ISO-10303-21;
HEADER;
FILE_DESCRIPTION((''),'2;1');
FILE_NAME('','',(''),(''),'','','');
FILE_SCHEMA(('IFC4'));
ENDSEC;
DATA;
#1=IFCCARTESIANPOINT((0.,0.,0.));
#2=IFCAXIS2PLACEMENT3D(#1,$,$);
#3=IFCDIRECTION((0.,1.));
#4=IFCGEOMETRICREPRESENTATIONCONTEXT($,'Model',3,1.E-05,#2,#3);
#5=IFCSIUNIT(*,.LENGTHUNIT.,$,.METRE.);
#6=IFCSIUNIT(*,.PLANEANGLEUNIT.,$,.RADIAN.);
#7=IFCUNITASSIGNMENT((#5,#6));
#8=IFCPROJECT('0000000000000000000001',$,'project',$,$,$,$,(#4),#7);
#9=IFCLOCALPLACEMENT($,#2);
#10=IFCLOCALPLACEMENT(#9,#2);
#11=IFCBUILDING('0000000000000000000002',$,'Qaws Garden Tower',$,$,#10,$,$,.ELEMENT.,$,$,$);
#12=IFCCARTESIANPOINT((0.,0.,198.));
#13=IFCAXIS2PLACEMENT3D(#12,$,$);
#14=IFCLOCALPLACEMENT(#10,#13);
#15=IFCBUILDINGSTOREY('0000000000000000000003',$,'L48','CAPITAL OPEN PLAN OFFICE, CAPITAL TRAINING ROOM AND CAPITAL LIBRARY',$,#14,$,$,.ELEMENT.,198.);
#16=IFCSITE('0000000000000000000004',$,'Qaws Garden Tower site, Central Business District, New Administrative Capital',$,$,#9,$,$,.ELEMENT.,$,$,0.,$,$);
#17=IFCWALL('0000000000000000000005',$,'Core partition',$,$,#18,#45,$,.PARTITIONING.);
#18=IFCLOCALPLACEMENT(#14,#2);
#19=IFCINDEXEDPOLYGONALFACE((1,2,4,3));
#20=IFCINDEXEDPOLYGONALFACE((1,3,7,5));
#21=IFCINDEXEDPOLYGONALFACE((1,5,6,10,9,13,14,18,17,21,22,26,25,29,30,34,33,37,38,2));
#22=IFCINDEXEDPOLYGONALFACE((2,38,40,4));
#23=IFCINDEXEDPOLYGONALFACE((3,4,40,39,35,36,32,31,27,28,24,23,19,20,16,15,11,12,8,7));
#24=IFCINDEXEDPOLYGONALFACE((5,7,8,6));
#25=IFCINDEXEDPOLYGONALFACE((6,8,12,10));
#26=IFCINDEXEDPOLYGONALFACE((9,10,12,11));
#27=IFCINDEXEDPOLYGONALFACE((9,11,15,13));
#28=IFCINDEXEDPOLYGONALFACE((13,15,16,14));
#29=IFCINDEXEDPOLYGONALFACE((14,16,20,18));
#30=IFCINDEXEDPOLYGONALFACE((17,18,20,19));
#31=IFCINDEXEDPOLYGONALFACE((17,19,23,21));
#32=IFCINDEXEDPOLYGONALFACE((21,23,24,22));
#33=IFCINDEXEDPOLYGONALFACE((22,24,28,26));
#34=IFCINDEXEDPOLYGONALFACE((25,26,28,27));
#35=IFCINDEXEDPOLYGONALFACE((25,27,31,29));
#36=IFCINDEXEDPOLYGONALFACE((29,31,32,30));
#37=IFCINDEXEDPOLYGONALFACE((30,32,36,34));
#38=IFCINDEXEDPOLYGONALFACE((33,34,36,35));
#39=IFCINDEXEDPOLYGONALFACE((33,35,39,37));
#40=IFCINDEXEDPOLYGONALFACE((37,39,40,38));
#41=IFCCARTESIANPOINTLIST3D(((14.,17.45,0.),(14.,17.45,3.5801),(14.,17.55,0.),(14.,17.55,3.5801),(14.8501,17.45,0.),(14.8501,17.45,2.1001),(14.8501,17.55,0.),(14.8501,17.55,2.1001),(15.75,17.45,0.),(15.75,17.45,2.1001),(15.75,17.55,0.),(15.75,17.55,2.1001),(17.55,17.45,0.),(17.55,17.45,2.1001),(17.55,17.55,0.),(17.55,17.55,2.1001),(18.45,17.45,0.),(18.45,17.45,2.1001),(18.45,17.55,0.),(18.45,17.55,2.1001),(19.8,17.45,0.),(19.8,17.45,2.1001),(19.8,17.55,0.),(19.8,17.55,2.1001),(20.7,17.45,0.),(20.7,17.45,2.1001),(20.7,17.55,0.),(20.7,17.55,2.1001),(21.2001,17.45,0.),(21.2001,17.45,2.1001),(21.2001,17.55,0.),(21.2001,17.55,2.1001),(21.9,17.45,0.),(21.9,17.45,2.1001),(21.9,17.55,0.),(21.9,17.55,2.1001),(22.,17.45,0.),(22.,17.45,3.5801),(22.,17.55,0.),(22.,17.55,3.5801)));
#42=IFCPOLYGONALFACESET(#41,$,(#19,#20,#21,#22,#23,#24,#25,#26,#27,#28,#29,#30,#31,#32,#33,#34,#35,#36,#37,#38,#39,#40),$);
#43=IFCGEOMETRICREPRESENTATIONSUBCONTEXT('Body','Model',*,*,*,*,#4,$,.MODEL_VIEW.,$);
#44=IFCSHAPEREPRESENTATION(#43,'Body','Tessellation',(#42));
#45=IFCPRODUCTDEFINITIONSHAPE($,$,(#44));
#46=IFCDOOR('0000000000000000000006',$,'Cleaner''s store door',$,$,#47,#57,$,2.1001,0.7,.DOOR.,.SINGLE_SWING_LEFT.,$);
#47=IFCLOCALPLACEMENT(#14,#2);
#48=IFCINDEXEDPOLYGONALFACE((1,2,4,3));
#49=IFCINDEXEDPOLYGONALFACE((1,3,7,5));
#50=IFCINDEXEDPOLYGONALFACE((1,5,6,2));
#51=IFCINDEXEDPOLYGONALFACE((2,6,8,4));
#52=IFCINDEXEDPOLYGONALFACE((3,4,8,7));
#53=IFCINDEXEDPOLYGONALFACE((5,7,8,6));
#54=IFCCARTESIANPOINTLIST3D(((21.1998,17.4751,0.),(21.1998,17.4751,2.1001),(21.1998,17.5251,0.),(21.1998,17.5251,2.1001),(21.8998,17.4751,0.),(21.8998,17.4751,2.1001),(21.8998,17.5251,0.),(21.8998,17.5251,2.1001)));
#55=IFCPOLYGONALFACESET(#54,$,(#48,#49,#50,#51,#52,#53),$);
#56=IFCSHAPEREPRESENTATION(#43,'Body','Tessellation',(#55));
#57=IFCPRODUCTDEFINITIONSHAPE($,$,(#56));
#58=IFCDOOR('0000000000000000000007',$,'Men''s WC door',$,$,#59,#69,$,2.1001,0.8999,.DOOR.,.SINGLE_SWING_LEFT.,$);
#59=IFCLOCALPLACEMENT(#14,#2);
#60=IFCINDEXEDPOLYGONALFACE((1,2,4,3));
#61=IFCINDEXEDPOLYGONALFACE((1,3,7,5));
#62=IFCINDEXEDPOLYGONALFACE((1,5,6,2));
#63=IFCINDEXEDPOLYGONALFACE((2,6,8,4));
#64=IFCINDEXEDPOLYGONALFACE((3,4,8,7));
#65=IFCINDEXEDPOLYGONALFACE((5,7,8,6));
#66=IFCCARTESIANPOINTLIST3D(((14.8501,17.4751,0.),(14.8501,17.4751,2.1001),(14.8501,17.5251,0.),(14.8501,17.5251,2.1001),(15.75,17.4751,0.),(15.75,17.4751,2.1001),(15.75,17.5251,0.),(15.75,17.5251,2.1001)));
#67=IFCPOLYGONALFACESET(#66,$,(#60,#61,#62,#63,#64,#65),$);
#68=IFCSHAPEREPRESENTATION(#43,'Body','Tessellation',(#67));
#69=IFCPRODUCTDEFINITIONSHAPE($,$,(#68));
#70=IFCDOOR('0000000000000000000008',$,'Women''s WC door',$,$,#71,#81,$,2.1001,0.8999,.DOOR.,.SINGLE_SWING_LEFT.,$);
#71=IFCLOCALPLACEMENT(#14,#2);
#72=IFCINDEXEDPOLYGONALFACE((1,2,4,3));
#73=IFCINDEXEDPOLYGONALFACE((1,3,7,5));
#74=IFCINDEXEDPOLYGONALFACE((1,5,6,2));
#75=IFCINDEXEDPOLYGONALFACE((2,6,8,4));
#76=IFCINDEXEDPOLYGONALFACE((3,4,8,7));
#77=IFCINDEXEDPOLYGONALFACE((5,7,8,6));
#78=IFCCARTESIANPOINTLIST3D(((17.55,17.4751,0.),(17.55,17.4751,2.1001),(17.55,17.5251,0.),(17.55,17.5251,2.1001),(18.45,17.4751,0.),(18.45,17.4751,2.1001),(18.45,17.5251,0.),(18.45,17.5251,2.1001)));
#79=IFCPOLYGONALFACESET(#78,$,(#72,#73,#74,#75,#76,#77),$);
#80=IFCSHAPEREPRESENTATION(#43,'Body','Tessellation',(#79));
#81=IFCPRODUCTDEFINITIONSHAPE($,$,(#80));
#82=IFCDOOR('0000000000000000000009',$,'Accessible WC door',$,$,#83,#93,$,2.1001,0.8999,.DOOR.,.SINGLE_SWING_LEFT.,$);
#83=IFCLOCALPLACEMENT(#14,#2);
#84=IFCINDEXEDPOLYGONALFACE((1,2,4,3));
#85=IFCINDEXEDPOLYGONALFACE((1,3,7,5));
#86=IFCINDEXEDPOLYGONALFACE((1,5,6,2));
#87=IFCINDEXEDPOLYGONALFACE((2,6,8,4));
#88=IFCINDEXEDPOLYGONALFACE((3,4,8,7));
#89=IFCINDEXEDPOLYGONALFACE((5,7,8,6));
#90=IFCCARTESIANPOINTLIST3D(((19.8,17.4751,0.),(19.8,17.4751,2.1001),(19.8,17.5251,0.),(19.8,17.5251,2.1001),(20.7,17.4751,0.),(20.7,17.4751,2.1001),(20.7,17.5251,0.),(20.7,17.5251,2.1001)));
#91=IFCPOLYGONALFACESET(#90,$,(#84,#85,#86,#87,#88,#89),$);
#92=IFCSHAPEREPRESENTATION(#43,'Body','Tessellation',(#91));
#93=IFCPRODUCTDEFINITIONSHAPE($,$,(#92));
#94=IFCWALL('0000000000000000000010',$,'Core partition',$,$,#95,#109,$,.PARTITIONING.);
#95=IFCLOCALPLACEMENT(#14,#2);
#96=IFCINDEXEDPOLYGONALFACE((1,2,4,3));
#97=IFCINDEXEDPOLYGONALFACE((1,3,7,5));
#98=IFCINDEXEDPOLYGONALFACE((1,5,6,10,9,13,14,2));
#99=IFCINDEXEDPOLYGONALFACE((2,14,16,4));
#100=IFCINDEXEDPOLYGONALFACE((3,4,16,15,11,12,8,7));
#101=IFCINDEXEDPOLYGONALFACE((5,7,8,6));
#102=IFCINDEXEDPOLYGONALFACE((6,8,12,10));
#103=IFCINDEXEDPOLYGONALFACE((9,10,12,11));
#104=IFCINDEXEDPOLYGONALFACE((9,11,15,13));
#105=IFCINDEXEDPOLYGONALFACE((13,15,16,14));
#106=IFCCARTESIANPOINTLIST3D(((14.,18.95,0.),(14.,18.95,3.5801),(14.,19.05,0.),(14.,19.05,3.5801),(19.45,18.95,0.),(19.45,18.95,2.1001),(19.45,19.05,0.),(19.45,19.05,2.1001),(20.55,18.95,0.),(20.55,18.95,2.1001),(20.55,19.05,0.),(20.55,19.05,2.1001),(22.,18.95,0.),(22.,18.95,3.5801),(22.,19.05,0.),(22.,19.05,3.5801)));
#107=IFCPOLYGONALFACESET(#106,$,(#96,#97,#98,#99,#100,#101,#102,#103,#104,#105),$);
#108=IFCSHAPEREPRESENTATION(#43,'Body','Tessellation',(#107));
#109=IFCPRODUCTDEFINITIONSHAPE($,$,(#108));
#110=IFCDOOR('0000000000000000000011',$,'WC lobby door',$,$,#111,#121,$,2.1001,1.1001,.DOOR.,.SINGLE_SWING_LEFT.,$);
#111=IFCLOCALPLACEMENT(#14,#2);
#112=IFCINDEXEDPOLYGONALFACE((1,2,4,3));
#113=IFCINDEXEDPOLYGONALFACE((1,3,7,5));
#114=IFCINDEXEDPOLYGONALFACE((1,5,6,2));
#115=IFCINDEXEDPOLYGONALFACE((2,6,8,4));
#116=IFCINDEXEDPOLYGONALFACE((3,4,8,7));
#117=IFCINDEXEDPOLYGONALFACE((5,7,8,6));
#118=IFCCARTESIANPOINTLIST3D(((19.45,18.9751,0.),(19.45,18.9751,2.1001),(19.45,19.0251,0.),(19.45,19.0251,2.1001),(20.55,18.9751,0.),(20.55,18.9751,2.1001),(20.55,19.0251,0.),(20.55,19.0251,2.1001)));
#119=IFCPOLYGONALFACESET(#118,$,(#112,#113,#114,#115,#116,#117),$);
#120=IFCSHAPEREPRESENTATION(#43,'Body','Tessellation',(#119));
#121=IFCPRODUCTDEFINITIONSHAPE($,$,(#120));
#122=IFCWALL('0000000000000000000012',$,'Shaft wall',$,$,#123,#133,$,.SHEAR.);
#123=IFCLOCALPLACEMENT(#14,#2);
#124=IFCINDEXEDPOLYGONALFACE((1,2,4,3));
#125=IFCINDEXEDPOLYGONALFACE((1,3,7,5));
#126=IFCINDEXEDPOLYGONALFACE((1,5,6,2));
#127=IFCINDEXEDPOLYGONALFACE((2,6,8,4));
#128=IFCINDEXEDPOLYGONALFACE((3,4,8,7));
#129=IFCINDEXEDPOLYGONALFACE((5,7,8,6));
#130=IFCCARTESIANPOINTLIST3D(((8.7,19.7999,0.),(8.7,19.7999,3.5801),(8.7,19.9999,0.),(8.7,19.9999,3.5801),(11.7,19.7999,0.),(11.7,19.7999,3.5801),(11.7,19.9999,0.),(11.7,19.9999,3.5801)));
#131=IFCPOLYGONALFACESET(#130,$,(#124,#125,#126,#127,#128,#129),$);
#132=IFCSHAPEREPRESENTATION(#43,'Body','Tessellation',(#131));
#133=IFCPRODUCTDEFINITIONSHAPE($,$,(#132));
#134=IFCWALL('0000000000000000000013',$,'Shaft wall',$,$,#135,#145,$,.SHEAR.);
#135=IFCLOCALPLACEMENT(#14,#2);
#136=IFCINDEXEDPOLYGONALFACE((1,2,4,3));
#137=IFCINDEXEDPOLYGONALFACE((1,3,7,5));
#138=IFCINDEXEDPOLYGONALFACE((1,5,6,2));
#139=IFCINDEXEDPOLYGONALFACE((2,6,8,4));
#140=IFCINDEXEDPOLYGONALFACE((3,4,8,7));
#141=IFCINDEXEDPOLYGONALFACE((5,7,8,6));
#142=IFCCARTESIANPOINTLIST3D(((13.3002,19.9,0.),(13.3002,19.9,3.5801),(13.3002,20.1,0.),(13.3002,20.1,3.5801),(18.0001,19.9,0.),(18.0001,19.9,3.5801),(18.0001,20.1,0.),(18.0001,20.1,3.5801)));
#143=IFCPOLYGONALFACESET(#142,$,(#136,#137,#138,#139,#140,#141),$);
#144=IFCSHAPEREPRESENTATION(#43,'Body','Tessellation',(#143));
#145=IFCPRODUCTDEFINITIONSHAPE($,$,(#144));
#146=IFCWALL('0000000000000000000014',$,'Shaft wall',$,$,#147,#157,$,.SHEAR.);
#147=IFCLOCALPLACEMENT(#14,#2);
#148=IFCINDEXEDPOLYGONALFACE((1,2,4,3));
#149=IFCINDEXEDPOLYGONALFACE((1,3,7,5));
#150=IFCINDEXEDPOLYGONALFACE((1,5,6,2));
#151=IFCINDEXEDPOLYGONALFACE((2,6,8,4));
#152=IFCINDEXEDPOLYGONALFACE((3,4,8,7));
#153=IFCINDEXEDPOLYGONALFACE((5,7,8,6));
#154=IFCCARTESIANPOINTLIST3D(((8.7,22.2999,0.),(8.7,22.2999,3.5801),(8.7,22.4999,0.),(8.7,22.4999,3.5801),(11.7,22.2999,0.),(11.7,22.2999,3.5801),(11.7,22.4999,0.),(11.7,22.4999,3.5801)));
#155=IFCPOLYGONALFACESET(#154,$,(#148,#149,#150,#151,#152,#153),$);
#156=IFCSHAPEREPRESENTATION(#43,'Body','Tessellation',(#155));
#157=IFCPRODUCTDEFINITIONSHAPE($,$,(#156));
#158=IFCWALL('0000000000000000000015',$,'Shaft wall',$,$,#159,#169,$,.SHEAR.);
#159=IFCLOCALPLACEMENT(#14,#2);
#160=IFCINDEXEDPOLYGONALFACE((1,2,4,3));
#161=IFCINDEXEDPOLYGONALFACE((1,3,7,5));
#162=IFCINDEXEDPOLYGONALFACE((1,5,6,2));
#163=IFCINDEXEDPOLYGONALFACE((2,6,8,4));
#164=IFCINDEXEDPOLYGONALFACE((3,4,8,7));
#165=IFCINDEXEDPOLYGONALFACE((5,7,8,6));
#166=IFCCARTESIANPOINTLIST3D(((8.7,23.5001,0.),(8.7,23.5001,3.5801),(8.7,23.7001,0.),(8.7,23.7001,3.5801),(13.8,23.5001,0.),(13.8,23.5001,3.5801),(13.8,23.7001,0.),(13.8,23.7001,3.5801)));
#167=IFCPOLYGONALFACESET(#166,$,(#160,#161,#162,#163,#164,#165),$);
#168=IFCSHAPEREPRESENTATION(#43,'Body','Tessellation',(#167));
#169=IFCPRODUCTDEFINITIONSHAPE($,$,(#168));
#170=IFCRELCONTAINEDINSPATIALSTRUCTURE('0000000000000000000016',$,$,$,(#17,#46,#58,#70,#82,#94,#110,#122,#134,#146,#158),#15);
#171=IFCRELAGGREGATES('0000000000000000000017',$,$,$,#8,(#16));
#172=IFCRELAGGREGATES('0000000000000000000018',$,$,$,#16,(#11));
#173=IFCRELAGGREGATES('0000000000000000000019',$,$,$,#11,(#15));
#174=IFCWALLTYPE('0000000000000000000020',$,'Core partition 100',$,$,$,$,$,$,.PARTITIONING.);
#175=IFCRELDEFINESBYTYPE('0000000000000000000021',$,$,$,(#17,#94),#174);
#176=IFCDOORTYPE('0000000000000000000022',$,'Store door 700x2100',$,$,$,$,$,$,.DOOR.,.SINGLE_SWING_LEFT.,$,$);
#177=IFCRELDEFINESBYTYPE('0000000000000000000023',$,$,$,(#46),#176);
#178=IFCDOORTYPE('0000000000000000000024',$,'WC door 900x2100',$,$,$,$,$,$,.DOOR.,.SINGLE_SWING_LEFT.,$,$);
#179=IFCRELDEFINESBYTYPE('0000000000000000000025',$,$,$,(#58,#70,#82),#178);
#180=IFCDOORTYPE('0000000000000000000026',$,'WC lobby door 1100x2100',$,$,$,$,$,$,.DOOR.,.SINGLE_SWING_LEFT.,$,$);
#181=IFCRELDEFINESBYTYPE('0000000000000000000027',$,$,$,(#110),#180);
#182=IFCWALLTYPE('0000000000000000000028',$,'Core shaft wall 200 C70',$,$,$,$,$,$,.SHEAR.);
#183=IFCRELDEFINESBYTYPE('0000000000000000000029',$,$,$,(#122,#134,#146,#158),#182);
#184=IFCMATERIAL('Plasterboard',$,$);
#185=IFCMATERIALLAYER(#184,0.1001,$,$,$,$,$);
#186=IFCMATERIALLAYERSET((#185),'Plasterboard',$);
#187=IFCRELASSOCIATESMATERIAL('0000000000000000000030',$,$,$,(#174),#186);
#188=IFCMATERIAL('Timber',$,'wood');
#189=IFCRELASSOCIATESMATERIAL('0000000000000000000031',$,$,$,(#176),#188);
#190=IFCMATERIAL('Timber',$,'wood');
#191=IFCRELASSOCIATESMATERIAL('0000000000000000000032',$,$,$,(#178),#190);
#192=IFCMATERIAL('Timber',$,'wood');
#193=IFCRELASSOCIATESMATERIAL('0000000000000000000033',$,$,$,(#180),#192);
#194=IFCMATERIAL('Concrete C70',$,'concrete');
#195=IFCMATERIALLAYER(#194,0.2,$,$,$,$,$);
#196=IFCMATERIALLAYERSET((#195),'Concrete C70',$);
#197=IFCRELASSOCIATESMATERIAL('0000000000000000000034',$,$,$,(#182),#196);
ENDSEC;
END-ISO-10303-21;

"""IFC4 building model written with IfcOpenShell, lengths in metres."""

from ifc_helpers import new_model, si_unit, direction, frame, frame_2d, origin, place, context, subcontext, project, spatial, rectangle, extrude, material, layer, layer_set, type_object, element, fill, save


model = new_model("IFC4")

# Units and contexts
model_context = context("Model", 3, precision=1e-05, world=origin(), true_north=direction((0.0, 1.0)))
body_context = subcontext(model_context, "Body", "Model", "MODEL_VIEW")
ifc_project = project(units=[si_unit("LENGTHUNIT", "METRE"), si_unit("PLANEANGLEUNIT", "RADIAN")], contexts=[model_context])

# Site, building, storey
site_placement = place(None, origin())
site = spatial("IfcSite", under=ifc_project, at=site_placement, Name="Qaws Garden Tower site, Central Business District, New Administrative Capital", CompositionType="ELEMENT", RefElevation=0.0)
building_placement = place(site_placement, origin())
building = spatial("IfcBuilding", under=site, at=building_placement, Name="Qaws Garden Tower", CompositionType="ELEMENT")
storey_placement = place(building_placement, frame((0.0, 0.0, 198.0)))
storey = spatial("IfcBuildingStorey", under=building, at=storey_placement, Name="L48", Description="CAPITAL OPEN PLAN OFFICE, CAPITAL TRAINING ROOM AND CAPITAL LIBRARY", CompositionType="ELEMENT", Elevation=198.0)

# Wall, openings, doors
ifc_material_1 = material(Name="Plasterboard")
ifc_layer_1 = layer(ifc_material_1, 0.1001)
ifc_layer_set_1 = layer_set([ifc_layer_1], Name="Plasterboard")
wall_type_1 = type_object("IfcWallType", Name="Core partition 100", PredefinedType="PARTITIONING", material=ifc_layer_set_1)
wall_1_placement = place(storey_placement, frame((14.0, 17.5, 0.0), z_axis=(0.0, 0.0, 1.0), x_axis=(1.0, 0.0, 0.0)))
wall_1 = element("IfcWall", 1, at=wall_1_placement, inside=storey, type_object=wall_type_1, Name="Core partition", PredefinedType="PARTITIONING", context=body_context, shape_type="SweptSolid", body=[
    extrude(rectangle(XDim=8.0, YDim=0.1001, at=frame_2d((4.0, 0.0))), origin(), (0.0, 0.0, 1.0), 3.5801),
])
opening_1_placement = place(wall_1_placement, frame((0.8501, 0.0, 0.0)))
opening_1 = element("IfcOpeningElement", 2, at=opening_1_placement, cuts=wall_1, PredefinedType="OPENING", context=body_context, shape_type="SweptSolid", body=[
    extrude(rectangle(XDim=0.8999, YDim=2.1001, at=frame_2d((0.45, 1.05))), frame((0.0, 0.0601, 0.0), z_axis=(0.0, -1.0, 0.0), x_axis=(1.0, 0.0, 0.0)), (0.0, 0.0, 1.0), 0.1201),
])
opening_2_placement = place(wall_1_placement, frame((3.55, 0.0, 0.0)))
opening_2 = element("IfcOpeningElement", 3, at=opening_2_placement, cuts=wall_1, PredefinedType="OPENING", context=body_context, shape_type="SweptSolid", body=[
    extrude(rectangle(XDim=0.8999, YDim=2.1001, at=frame_2d((0.45, 1.05))), frame((0.0, 0.0601, 0.0), z_axis=(0.0, -1.0, 0.0), x_axis=(1.0, 0.0, 0.0)), (0.0, 0.0, 1.0), 0.1201),
])
opening_3_placement = place(wall_1_placement, frame((5.8, 0.0, 0.0)))
opening_3 = element("IfcOpeningElement", 4, at=opening_3_placement, cuts=wall_1, PredefinedType="OPENING", context=body_context, shape_type="SweptSolid", body=[
    extrude(rectangle(XDim=0.8999, YDim=2.1001, at=frame_2d((0.45, 1.05))), frame((0.0, 0.0601, 0.0), z_axis=(0.0, -1.0, 0.0), x_axis=(1.0, 0.0, 0.0)), (0.0, 0.0, 1.0), 0.1201),
])
opening_4_placement = place(wall_1_placement, frame((7.2, 0.0, 0.0)))
opening_4 = element("IfcOpeningElement", 5, at=opening_4_placement, cuts=wall_1, PredefinedType="OPENING", context=body_context, shape_type="SweptSolid", body=[
    extrude(rectangle(XDim=0.7, YDim=2.1001, at=frame_2d((0.3501, 1.05))), frame((0.0, 0.0601, 0.0), z_axis=(0.0, -1.0, 0.0), x_axis=(1.0, 0.0, 0.0)), (0.0, 0.0, 1.0), 0.1201),
])
ifc_material_2 = material(Name="Timber", Category="wood")
door_type_1 = type_object("IfcDoorType", Name="Store door 700x2100", OperationType="SINGLE_SWING_LEFT", PredefinedType="DOOR", material=ifc_material_2)
door_1_placement = place(opening_4_placement, frame((0.7, 0.0, 0.0), z_axis=(0.0, 0.0, 1.0), x_axis=(-1.0, 0.0, 0.0)))
door_1 = element("IfcDoor", 6, at=door_1_placement, inside=storey, type_object=door_type_1, Name="Cleaner's store door", OperationType="SINGLE_SWING_LEFT", OverallHeight=2.1001, OverallWidth=0.7, PredefinedType="DOOR", context=body_context, shape_type="SweptSolid", body=[
    extrude(rectangle(XDim=0.7, YDim=2.1001, at=frame_2d((0.3501, 1.05))), frame((0.0, 0.0249, 0.0), z_axis=(0.0, -1.0, 0.0), x_axis=(1.0, 0.0, 0.0)), (0.0, 0.0, 1.0), 0.05),
])
fill(opening_4, door_1)
ifc_material_3 = material(Name="Timber", Category="wood")
door_type_2 = type_object("IfcDoorType", Name="WC door 900x2100", OperationType="SINGLE_SWING_LEFT", PredefinedType="DOOR", material=ifc_material_3)
door_2_placement = place(opening_1_placement, frame((0.8999, 0.0, 0.0), z_axis=(0.0, 0.0, 1.0), x_axis=(-1.0, 0.0, 0.0)))
door_2 = element("IfcDoor", 7, at=door_2_placement, inside=storey, type_object=door_type_2, Name="Men's WC door", OperationType="SINGLE_SWING_LEFT", OverallHeight=2.1001, OverallWidth=0.8999, PredefinedType="DOOR", context=body_context, shape_type="SweptSolid", body=[
    extrude(rectangle(XDim=0.8999, YDim=2.1001, at=frame_2d((0.45, 1.05))), frame((0.0, 0.0249, 0.0), z_axis=(0.0, -1.0, 0.0), x_axis=(1.0, 0.0, 0.0)), (0.0, 0.0, 1.0), 0.05),
])
fill(opening_1, door_2)
door_3_placement = place(opening_2_placement, frame((0.8999, 0.0, 0.0), z_axis=(0.0, 0.0, 1.0), x_axis=(-1.0, 0.0, 0.0)))
door_3 = element("IfcDoor", 8, at=door_3_placement, inside=storey, type_object=door_type_2, Name="Women's WC door", OperationType="SINGLE_SWING_LEFT", OverallHeight=2.1001, OverallWidth=0.8999, PredefinedType="DOOR", context=body_context, shape_type="SweptSolid", body=[
    extrude(rectangle(XDim=0.8999, YDim=2.1001, at=frame_2d((0.45, 1.05))), frame((0.0, 0.0249, 0.0), z_axis=(0.0, -1.0, 0.0), x_axis=(1.0, 0.0, 0.0)), (0.0, 0.0, 1.0), 0.05),
])
fill(opening_2, door_3)
door_4_placement = place(opening_3_placement, frame((0.8999, 0.0, 0.0), z_axis=(0.0, 0.0, 1.0), x_axis=(-1.0, 0.0, 0.0)))
door_4 = element("IfcDoor", 9, at=door_4_placement, inside=storey, type_object=door_type_2, Name="Accessible WC door", OperationType="SINGLE_SWING_LEFT", OverallHeight=2.1001, OverallWidth=0.8999, PredefinedType="DOOR", context=body_context, shape_type="SweptSolid", body=[
    extrude(rectangle(XDim=0.8999, YDim=2.1001, at=frame_2d((0.45, 1.05))), frame((0.0, 0.0249, 0.0), z_axis=(0.0, -1.0, 0.0), x_axis=(1.0, 0.0, 0.0)), (0.0, 0.0, 1.0), 0.05),
])
fill(opening_3, door_4)

# Wall, opening, door
wall_2_placement = place(storey_placement, frame((14.0, 19.0, 0.0), z_axis=(0.0, 0.0, 1.0), x_axis=(1.0, 0.0, 0.0)))
wall_2 = element("IfcWall", 10, at=wall_2_placement, inside=storey, type_object=wall_type_1, Name="Core partition", PredefinedType="PARTITIONING", context=body_context, shape_type="SweptSolid", body=[
    extrude(rectangle(XDim=8.0, YDim=0.1001, at=frame_2d((4.0, 0.0))), origin(), (0.0, 0.0, 1.0), 3.5801),
])
opening_5_placement = place(wall_2_placement, frame((5.45, 0.0, 0.0)))
opening_5 = element("IfcOpeningElement", 11, at=opening_5_placement, cuts=wall_2, PredefinedType="OPENING", context=body_context, shape_type="SweptSolid", body=[
    extrude(rectangle(XDim=1.1001, YDim=2.1001, at=frame_2d((0.55, 1.05))), frame((0.0, 0.0601, 0.0), z_axis=(0.0, -1.0, 0.0), x_axis=(1.0, 0.0, 0.0)), (0.0, 0.0, 1.0), 0.1201),
])
ifc_material_4 = material(Name="Timber", Category="wood")
door_type_3 = type_object("IfcDoorType", Name="WC lobby door 1100x2100", OperationType="SINGLE_SWING_LEFT", PredefinedType="DOOR", material=ifc_material_4)
door_5_placement = place(opening_5_placement, frame((1.1001, 0.0, 0.0), z_axis=(0.0, 0.0, 1.0), x_axis=(-1.0, 0.0, 0.0)))
door_5 = element("IfcDoor", 12, at=door_5_placement, inside=storey, type_object=door_type_3, Name="WC lobby door", OperationType="SINGLE_SWING_LEFT", OverallHeight=2.1001, OverallWidth=1.1001, PredefinedType="DOOR", context=body_context, shape_type="SweptSolid", body=[
    extrude(rectangle(XDim=1.1001, YDim=2.1001, at=frame_2d((0.55, 1.05))), frame((0.0, 0.0249, 0.0), z_axis=(0.0, -1.0, 0.0), x_axis=(1.0, 0.0, 0.0)), (0.0, 0.0, 1.0), 0.05),
])
fill(opening_5, door_5)

# Walls
ifc_material_5 = material(Name="Concrete C70", Category="concrete")
ifc_layer_2 = layer(ifc_material_5, 0.2)
ifc_layer_set_2 = layer_set([ifc_layer_2], Name="Concrete C70")
wall_type_2 = type_object("IfcWallType", Name="Core shaft wall 200 C70", PredefinedType="SHEAR", material=ifc_layer_set_2)
wall_3_placement = place(storey_placement, frame((8.7, 19.8999, 0.0), z_axis=(0.0, 0.0, 1.0), x_axis=(1.0, 0.0, 0.0)))
element("IfcWall", 13, at=wall_3_placement, inside=storey, type_object=wall_type_2, Name="Shaft wall", PredefinedType="SHEAR", context=body_context, shape_type="SweptSolid", body=[
    extrude(rectangle(XDim=3.0, YDim=0.2, at=frame_2d((1.5, 0.0))), origin(), (0.0, 0.0, 1.0), 3.5801),
])
wall_4_placement = place(storey_placement, frame((13.3, 20.0, 0.0), z_axis=(0.0, 0.0, 1.0), x_axis=(1.0, 0.0, 0.0)))
element("IfcWall", 14, at=wall_4_placement, inside=storey, type_object=wall_type_2, Name="Shaft wall", PredefinedType="SHEAR", context=body_context, shape_type="SweptSolid", body=[
    extrude(rectangle(XDim=4.7, YDim=0.2, at=frame_2d((2.3501, 0.0))), origin(), (0.0, 0.0, 1.0), 3.5801),
])
wall_5_placement = place(storey_placement, frame((8.7, 22.3999, 0.0), z_axis=(0.0, 0.0, 1.0), x_axis=(1.0, 0.0, 0.0)))
element("IfcWall", 15, at=wall_5_placement, inside=storey, type_object=wall_type_2, Name="Shaft wall", PredefinedType="SHEAR", context=body_context, shape_type="SweptSolid", body=[
    extrude(rectangle(XDim=3.0, YDim=0.2, at=frame_2d((1.5, 0.0))), origin(), (0.0, 0.0, 1.0), 3.5801),
])
wall_6_placement = place(storey_placement, frame((8.7, 23.6001, 0.0), z_axis=(0.0, 0.0, 1.0), x_axis=(1.0, 0.0, 0.0)))
element("IfcWall", 16, at=wall_6_placement, inside=storey, type_object=wall_type_2, Name="Shaft wall", PredefinedType="SHEAR", context=body_context, shape_type="SweptSolid", body=[
    extrude(rectangle(XDim=5.1001, YDim=0.2, at=frame_2d((2.55, 0.0))), origin(), (0.0, 0.0, 1.0), 3.5801),
])

save(model, "model.ifc")
